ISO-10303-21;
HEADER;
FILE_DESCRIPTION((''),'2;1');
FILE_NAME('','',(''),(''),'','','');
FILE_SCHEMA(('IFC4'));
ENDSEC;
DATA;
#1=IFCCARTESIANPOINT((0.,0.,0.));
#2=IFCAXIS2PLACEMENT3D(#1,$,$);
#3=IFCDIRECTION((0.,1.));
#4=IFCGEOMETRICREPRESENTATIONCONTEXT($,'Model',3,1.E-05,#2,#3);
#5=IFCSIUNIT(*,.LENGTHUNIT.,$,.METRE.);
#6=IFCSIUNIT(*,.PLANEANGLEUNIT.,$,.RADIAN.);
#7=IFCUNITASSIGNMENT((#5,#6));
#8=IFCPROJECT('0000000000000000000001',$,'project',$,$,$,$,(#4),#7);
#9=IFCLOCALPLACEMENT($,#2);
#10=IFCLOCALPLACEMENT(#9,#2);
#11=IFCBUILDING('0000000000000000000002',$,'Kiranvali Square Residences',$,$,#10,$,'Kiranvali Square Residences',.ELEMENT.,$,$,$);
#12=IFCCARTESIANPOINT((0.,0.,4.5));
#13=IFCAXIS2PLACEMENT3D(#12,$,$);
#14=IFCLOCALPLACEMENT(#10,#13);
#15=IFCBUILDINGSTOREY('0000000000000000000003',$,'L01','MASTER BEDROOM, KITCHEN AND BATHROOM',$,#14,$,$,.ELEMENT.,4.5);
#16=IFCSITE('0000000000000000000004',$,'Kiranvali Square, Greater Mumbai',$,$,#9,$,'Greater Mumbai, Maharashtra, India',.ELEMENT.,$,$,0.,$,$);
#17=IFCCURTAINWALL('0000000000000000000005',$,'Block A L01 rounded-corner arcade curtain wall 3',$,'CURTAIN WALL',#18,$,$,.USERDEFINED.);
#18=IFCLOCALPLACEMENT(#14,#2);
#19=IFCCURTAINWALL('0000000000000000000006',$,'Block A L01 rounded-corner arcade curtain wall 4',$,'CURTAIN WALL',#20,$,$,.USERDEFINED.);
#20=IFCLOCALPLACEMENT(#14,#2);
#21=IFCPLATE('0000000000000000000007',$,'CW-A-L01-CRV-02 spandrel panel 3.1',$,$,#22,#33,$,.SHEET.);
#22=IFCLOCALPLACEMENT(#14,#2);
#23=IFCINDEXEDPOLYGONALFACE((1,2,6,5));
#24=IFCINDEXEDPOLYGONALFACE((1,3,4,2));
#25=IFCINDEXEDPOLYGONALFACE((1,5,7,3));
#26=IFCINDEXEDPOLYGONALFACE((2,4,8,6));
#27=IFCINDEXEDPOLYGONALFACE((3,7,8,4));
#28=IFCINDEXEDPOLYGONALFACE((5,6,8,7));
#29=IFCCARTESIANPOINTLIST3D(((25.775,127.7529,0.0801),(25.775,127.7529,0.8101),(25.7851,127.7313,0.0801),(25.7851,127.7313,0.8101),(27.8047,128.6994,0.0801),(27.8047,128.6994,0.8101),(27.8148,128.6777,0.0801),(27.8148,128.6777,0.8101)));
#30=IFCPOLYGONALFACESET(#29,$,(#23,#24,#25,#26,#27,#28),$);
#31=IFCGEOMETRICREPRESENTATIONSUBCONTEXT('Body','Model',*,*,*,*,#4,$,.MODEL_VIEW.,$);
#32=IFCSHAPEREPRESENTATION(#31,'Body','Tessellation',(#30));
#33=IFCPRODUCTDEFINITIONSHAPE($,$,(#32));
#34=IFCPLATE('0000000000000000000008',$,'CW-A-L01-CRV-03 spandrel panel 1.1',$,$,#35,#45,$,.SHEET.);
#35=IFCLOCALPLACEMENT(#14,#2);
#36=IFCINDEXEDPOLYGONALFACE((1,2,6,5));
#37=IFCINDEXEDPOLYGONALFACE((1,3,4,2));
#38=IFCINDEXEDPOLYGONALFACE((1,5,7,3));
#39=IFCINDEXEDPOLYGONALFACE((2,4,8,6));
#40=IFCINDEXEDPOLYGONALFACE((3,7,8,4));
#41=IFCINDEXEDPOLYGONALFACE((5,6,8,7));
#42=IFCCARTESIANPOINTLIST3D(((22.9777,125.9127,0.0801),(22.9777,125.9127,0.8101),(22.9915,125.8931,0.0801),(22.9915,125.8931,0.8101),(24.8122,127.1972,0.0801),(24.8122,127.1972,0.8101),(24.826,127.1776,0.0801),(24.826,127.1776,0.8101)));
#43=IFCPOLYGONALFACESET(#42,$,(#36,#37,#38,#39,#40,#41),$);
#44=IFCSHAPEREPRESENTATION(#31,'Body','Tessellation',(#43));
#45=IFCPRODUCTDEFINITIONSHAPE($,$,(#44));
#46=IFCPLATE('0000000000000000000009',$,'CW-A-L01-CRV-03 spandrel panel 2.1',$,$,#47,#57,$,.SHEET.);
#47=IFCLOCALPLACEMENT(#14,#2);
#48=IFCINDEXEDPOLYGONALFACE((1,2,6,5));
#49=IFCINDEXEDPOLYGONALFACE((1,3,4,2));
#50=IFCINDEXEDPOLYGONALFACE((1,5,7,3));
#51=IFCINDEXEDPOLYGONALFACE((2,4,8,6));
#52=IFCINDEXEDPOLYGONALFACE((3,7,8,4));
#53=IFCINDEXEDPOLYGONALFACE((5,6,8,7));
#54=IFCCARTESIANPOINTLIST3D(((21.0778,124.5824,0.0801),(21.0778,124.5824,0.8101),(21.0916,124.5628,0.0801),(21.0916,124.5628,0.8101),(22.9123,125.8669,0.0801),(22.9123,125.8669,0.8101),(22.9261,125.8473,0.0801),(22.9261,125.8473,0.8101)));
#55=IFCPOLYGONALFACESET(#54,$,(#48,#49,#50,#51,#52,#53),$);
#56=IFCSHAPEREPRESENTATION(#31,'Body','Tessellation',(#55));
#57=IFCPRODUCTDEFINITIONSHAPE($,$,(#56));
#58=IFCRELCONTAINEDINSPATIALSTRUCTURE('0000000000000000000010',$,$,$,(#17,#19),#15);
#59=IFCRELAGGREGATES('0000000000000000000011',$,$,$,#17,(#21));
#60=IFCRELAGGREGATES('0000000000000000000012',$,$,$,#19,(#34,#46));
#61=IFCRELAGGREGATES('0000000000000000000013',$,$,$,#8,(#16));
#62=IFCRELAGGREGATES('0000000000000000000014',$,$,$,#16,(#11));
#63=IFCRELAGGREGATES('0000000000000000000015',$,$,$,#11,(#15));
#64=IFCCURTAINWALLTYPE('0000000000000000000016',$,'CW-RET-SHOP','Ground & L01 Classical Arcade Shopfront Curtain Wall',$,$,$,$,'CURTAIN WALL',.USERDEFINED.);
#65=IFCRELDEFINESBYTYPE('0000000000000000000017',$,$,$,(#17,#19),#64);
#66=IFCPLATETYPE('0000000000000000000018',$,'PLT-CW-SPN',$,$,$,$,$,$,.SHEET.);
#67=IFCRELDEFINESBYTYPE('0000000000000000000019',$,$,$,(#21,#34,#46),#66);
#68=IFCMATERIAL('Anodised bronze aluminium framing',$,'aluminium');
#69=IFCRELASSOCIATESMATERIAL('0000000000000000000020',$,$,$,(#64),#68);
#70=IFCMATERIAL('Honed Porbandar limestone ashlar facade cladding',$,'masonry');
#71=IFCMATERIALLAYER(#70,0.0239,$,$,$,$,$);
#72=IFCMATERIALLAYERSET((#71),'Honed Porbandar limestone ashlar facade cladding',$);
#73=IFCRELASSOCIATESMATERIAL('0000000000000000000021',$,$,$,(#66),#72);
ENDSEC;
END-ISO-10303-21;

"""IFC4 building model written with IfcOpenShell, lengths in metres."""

from ifc_helpers import new_model, si_unit, direction, frame, origin, origin_2d, place, context, subcontext, project, spatial, rectangle, extrude, material, layer, layer_set, type_object, element, aggregate, save


model = new_model("IFC4")

# Units and contexts
model_context = context("Model", 3, precision=1e-05, world=origin(), true_north=direction((0.0, 1.0)))
body_context = subcontext(model_context, "Body", "Model", "MODEL_VIEW")
ifc_project = project(units=[si_unit("LENGTHUNIT", "METRE"), si_unit("PLANEANGLEUNIT", "RADIAN")], contexts=[model_context])

# Site, building, storey
site_placement = place(None, origin())
site = spatial("IfcSite", under=ifc_project, at=site_placement, Name="Kiranvali Square, Greater Mumbai", LongName="Greater Mumbai, Maharashtra, India", CompositionType="ELEMENT", RefElevation=0.0)
building_placement = place(site_placement, origin())
building = spatial("IfcBuilding", under=site, at=building_placement, Name="Kiranvali Square Residences", LongName="Kiranvali Square Residences", CompositionType="ELEMENT")
storey_placement = place(building_placement, frame((0.0, 0.0, 4.5)))
storey = spatial("IfcBuildingStorey", under=building, at=storey_placement, Name="L01", Description="MASTER BEDROOM, KITCHEN AND BATHROOM", CompositionType="ELEMENT", Elevation=4.5)

# Curtain walls
ifc_material_1 = material(Name="Anodised bronze aluminium framing", Category="aluminium")
curtain_wall_type = type_object("IfcCurtainWallType", Name="CW-RET-SHOP", Description="Ground & L01 Classical Arcade Shopfront Curtain Wall", ElementType="CURTAIN WALL", PredefinedType="USERDEFINED", material=ifc_material_1)
curtain_wall_1_placement = place(storey_placement, origin())
curtain_wall_1 = element("IfcCurtainWall", 1, at=curtain_wall_1_placement, inside=storey, type_object=curtain_wall_type, Name="Block A L01 rounded-corner arcade curtain wall 3", ObjectType="CURTAIN WALL", PredefinedType="USERDEFINED")
curtain_wall_2_placement = place(storey_placement, origin())
curtain_wall_2 = element("IfcCurtainWall", 2, at=curtain_wall_2_placement, inside=storey, type_object=curtain_wall_type, Name="Block A L01 rounded-corner arcade curtain wall 4", ObjectType="CURTAIN WALL", PredefinedType="USERDEFINED")

# Plates
ifc_material_2 = material(Name="Honed Porbandar limestone ashlar facade cladding", Category="masonry")
ifc_layer_1 = layer(ifc_material_2, 0.0239)
ifc_layer_set_1 = layer_set([ifc_layer_1], Name="Honed Porbandar limestone ashlar facade cladding")
plate_type_1 = type_object("IfcPlateType", Name="PLT-CW-SPN", PredefinedType="SHEET", material=ifc_layer_set_1)
plate_1_placement = place(storey_placement, frame((26.7949, 128.2153, 0.0801), z_axis=(0.0, 0.0, 1.0), x_axis=(-0.906308, -0.422618, 0.0)))
plate_1 = element("IfcPlate", 3, at=plate_1_placement, type_object=plate_type_1, Name="CW-A-L01-CRV-02 spandrel panel 3.1", PredefinedType="SHEET", context=body_context, shape_type="SweptSolid", body=[
    extrude(rectangle(XDim=2.2395, YDim=0.0239, at=origin_2d()), origin(), (0.0, 0.0, 1.0), 0.73),
])
aggregate(curtain_wall_1, [plate_1])
plate_2_placement = place(storey_placement, frame((23.9019, 126.5452, 0.0801), z_axis=(0.0, 0.0, 1.0), x_axis=(-0.819152, -0.573576, 0.0)))
plate_2 = element("IfcPlate", 4, at=plate_2_placement, type_object=plate_type_1, Name="CW-A-L01-CRV-03 spandrel panel 1.1", PredefinedType="SHEET", context=body_context, shape_type="SweptSolid", body=[
    extrude(rectangle(XDim=2.2395, YDim=0.0239, at=origin_2d()), origin(), (0.0, 0.0, 1.0), 0.73),
])
plate_3_placement = place(storey_placement, frame((22.002, 125.2148, 0.0801), z_axis=(0.0, 0.0, 1.0), x_axis=(-0.819152, -0.573576, 0.0)))
plate_3 = element("IfcPlate", 5, at=plate_3_placement, type_object=plate_type_1, Name="CW-A-L01-CRV-03 spandrel panel 2.1", PredefinedType="SHEET", context=body_context, shape_type="SweptSolid", body=[
    extrude(rectangle(XDim=2.2395, YDim=0.0239, at=origin_2d()), origin(), (0.0, 0.0, 1.0), 0.73),
])
aggregate(curtain_wall_2, [plate_2, plate_3])

save(model, "model.ifc")
